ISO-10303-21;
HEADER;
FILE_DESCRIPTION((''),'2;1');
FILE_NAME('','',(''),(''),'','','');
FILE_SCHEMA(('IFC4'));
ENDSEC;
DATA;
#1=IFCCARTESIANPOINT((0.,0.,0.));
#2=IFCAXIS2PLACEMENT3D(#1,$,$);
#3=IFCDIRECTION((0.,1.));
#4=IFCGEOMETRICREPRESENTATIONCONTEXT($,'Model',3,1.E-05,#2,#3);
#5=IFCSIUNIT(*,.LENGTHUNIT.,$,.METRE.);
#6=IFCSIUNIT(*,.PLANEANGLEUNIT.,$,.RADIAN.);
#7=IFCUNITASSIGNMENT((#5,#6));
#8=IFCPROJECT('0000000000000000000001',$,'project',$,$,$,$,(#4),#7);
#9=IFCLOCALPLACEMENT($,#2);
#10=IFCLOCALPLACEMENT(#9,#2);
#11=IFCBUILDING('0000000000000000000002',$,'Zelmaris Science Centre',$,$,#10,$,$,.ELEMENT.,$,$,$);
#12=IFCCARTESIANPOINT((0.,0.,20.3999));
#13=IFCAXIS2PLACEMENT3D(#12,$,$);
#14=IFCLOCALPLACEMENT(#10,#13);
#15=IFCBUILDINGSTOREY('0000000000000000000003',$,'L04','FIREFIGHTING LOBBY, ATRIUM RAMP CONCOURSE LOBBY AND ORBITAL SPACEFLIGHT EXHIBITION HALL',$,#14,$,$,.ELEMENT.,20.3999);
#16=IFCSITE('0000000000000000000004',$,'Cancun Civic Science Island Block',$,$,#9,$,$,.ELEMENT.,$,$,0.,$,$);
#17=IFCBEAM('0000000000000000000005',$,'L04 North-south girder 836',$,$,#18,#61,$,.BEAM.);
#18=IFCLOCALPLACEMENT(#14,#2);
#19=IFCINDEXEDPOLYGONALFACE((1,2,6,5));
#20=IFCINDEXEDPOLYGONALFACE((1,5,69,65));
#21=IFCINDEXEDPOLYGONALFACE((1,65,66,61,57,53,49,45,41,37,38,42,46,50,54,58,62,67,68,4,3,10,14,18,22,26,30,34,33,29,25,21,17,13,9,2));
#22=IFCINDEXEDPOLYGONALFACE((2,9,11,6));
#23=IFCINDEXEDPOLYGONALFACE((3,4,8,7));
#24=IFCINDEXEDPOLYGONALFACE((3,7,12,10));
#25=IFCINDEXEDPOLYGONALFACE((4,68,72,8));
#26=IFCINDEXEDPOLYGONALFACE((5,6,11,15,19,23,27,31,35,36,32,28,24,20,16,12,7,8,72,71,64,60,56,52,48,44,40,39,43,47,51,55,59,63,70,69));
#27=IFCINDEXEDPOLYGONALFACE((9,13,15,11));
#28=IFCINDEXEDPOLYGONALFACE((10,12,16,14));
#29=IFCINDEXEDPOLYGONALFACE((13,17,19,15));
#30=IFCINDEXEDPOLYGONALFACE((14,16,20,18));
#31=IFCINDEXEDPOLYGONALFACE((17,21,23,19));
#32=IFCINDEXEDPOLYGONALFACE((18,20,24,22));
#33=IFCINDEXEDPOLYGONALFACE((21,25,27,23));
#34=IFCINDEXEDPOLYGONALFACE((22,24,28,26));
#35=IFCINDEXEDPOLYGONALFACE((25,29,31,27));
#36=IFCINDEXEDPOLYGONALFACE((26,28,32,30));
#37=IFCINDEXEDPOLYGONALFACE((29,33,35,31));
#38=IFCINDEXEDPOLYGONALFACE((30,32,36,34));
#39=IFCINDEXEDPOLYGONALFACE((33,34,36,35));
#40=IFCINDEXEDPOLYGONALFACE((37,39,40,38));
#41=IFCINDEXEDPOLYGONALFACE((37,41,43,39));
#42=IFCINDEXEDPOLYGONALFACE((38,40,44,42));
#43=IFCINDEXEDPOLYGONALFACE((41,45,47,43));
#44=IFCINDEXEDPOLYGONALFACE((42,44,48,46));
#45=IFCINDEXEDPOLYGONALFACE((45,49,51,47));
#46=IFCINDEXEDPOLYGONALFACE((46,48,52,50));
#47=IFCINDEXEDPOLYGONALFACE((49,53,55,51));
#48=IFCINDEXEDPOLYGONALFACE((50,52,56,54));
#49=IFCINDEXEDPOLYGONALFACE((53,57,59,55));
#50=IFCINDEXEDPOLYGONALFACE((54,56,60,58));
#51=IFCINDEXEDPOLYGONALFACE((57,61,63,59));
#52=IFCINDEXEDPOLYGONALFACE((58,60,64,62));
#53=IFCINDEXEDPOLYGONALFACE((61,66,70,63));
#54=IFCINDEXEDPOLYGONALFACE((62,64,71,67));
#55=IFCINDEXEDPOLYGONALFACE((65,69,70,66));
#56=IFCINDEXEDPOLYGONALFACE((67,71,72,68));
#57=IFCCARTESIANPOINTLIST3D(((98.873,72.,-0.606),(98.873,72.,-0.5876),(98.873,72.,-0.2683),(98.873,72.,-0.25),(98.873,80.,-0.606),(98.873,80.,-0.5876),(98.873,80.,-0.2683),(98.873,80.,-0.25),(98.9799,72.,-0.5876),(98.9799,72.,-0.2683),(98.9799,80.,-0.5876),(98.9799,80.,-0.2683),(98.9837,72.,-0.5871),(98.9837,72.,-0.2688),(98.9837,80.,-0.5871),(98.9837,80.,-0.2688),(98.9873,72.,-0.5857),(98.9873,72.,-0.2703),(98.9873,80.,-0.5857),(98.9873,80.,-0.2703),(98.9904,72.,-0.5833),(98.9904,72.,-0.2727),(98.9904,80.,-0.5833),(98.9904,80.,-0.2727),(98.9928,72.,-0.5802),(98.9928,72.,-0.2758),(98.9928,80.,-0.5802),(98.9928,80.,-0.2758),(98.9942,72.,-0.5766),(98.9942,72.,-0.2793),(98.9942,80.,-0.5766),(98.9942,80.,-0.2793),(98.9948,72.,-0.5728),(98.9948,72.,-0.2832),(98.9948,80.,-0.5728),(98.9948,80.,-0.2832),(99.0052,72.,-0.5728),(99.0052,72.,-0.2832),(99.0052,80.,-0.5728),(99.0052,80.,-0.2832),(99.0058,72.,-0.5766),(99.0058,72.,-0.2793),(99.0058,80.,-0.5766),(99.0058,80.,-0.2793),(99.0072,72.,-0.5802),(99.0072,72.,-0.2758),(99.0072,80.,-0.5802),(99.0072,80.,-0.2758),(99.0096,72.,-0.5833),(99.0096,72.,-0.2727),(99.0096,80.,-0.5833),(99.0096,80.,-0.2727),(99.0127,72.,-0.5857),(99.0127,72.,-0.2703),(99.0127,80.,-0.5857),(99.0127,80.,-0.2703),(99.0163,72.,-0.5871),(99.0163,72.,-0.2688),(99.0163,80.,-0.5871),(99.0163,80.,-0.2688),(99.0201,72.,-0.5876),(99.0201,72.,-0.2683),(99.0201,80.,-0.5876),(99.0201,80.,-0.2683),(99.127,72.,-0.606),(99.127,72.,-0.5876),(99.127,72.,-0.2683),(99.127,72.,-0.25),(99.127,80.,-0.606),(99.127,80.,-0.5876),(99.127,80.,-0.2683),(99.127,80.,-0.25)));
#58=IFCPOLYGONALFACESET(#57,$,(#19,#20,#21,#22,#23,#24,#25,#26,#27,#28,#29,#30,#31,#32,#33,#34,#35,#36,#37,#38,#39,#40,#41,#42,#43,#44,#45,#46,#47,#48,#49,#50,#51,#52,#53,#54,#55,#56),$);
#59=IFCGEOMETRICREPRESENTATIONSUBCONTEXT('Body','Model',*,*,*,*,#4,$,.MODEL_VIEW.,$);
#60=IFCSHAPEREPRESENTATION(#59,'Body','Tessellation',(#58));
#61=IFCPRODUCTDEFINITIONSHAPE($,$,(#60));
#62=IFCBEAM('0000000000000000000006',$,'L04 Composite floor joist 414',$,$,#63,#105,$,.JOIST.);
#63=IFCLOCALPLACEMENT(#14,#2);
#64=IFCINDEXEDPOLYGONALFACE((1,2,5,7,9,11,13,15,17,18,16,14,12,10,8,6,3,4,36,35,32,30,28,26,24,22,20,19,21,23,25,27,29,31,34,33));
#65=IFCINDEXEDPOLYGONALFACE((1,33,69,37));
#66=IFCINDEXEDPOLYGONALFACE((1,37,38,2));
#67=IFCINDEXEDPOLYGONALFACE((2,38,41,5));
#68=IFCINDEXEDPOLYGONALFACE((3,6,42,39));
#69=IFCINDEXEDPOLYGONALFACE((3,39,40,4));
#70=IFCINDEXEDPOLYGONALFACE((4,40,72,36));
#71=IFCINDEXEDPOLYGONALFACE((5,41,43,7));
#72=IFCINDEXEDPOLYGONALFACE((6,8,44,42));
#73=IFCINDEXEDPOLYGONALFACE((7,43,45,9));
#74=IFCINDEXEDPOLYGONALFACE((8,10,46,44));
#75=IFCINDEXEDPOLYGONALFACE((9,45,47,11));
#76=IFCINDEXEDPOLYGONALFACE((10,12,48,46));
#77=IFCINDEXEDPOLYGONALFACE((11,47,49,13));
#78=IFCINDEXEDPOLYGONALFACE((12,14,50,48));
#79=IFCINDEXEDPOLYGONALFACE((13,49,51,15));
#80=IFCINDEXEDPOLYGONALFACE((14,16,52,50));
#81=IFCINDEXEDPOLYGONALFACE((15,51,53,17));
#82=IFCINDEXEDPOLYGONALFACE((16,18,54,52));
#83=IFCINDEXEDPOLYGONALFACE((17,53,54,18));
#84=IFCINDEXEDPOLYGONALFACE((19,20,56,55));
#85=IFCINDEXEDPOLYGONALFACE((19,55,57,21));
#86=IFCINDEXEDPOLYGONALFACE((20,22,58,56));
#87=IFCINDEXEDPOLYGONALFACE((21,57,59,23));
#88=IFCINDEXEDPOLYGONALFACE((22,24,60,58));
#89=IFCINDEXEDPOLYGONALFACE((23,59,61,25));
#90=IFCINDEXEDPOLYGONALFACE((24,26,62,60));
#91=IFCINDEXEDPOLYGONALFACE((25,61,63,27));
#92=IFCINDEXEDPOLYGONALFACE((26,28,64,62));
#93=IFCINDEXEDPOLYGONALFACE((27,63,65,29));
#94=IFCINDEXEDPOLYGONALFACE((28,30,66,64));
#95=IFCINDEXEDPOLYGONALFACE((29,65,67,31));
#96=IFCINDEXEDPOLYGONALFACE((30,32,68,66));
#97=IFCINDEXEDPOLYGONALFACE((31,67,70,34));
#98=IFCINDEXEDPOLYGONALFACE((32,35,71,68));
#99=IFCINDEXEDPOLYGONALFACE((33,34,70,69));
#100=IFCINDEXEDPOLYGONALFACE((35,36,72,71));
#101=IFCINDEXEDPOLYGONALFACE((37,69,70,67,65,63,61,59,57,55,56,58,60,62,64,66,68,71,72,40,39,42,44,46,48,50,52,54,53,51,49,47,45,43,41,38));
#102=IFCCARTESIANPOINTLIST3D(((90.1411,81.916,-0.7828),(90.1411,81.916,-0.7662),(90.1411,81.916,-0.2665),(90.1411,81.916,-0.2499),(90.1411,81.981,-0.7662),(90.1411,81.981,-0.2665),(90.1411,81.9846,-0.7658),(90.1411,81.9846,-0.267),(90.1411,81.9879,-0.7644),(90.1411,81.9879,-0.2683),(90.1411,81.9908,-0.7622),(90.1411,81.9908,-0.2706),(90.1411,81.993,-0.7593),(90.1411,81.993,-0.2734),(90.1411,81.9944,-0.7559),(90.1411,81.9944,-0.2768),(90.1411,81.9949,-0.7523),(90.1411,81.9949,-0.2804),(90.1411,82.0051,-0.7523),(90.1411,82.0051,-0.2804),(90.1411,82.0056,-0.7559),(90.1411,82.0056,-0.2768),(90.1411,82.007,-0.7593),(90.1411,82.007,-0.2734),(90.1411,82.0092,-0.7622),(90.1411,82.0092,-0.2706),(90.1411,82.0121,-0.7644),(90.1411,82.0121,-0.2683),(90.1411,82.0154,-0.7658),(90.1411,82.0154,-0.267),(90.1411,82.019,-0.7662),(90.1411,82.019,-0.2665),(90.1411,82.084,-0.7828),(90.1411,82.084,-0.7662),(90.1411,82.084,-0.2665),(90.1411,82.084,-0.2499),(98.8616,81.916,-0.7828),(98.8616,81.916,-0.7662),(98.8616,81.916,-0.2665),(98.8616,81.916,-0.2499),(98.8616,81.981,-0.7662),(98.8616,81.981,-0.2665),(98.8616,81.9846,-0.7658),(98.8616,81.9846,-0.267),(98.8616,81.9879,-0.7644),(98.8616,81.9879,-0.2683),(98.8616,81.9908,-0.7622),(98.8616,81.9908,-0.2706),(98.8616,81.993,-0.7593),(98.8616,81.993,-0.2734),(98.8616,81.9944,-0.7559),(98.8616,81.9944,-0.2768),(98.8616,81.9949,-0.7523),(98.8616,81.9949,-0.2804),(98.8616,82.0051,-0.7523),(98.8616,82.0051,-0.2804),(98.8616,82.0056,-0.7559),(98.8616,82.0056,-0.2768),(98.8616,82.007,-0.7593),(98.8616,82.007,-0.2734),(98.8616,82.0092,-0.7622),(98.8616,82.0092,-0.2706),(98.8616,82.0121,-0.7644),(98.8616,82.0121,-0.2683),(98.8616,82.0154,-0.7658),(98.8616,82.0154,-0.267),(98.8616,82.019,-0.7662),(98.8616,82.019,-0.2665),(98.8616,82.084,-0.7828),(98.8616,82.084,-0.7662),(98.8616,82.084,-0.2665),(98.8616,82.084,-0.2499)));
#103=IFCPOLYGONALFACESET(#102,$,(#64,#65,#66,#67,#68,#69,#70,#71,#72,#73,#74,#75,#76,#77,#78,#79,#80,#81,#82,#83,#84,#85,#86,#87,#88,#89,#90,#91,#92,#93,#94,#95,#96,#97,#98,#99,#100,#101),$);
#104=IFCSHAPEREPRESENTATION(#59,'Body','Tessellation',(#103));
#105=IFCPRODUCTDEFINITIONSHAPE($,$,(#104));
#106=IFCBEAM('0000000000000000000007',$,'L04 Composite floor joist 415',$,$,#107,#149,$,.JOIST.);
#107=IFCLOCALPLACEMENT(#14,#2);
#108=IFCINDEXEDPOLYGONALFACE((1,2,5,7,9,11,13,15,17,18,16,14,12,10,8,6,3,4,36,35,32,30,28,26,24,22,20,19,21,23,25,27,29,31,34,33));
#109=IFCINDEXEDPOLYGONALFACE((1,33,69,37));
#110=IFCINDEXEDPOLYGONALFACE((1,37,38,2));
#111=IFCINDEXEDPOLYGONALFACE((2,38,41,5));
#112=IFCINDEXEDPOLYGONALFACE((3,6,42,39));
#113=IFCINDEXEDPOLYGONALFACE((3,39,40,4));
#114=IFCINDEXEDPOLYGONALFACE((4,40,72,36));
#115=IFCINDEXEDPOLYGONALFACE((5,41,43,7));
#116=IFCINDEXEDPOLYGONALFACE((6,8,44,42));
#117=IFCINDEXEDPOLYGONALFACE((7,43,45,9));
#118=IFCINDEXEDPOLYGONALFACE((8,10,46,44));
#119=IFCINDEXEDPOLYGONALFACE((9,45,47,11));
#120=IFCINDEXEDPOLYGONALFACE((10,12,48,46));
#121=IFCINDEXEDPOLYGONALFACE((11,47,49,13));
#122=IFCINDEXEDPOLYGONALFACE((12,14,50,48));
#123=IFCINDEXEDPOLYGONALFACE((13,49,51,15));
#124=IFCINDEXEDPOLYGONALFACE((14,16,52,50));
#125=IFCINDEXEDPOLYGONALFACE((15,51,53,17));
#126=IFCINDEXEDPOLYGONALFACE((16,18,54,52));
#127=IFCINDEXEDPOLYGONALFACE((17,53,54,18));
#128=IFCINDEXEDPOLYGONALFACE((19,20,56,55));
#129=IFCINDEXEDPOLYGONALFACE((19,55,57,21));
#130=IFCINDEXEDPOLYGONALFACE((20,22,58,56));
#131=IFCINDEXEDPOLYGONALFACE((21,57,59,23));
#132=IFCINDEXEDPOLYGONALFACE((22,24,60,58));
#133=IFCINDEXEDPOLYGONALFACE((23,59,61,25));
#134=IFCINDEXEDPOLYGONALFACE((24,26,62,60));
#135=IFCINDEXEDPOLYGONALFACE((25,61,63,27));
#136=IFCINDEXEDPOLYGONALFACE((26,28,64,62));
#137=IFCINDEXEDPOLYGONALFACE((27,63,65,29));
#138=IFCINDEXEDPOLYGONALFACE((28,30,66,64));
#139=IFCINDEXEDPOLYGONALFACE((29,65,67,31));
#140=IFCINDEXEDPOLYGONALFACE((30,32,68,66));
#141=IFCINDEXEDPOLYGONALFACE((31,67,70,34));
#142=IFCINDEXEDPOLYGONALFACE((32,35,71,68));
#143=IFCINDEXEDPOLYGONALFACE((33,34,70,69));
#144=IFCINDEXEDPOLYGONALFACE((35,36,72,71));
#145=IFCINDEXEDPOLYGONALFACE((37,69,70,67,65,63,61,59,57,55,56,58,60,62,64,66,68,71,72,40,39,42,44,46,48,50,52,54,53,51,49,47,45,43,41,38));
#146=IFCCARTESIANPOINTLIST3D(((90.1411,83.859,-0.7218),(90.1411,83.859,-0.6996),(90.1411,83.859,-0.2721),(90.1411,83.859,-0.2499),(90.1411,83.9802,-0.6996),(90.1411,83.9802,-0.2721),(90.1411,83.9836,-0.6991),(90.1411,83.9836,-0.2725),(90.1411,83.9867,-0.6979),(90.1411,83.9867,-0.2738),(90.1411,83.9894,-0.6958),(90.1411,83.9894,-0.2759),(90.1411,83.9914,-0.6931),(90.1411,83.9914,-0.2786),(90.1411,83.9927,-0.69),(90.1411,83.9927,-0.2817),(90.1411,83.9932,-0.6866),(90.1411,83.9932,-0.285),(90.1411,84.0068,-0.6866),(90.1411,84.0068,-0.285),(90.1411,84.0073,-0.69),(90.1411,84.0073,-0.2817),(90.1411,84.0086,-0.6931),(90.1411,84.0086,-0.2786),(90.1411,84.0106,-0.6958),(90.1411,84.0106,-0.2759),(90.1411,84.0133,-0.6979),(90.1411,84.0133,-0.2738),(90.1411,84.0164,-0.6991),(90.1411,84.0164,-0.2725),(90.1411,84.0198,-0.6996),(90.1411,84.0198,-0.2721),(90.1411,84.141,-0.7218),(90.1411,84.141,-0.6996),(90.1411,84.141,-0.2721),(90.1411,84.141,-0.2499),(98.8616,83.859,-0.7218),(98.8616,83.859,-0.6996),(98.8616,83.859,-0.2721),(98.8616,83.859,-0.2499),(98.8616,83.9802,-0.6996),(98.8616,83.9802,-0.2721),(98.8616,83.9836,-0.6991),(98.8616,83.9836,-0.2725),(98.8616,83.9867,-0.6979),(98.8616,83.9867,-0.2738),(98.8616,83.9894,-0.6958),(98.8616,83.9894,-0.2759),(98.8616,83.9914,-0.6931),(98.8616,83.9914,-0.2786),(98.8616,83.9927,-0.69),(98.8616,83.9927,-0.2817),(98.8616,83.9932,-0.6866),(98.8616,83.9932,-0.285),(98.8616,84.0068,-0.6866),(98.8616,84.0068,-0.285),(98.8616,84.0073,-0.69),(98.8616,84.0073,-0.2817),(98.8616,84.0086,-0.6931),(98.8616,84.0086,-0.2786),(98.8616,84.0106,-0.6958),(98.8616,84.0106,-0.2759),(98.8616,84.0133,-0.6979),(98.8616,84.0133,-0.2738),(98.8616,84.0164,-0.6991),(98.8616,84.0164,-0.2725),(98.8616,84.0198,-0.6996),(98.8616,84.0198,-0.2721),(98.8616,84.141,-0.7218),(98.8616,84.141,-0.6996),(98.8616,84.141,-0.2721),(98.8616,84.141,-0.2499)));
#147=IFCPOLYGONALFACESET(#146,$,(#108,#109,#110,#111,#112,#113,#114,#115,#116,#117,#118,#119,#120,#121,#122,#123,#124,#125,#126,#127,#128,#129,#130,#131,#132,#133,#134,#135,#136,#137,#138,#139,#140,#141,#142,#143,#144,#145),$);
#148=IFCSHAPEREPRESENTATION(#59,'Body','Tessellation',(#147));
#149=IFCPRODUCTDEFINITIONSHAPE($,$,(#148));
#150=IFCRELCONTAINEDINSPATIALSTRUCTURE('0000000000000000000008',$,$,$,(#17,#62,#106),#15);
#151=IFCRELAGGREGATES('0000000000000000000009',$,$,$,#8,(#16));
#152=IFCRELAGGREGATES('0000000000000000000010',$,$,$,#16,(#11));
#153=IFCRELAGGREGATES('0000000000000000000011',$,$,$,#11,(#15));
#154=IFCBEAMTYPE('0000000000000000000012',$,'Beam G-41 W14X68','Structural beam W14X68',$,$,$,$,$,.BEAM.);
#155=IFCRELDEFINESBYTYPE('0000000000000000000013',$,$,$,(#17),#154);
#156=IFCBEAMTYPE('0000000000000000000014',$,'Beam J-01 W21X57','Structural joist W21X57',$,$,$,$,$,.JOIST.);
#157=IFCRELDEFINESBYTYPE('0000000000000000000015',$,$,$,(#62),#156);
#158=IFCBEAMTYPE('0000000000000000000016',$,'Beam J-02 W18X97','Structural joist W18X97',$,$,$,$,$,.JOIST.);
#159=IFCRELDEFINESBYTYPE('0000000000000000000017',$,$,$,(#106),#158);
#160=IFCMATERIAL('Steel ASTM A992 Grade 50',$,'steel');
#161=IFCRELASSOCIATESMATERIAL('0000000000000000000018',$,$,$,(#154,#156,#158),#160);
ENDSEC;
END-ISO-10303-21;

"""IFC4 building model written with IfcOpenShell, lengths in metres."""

from ifc_helpers import new_model, si_unit, direction, frame, origin, origin_2d, place, context, subcontext, project, spatial, i_section, extrude, material, material_profile, profile_set, type_object, element, save


model = new_model("IFC4")

# Units and contexts
model_context = context("Model", 3, precision=1e-05, world=origin(), true_north=direction((0.0, 1.0)))
body_context = subcontext(model_context, "Body", "Model", "MODEL_VIEW")
ifc_project = project(units=[si_unit("LENGTHUNIT", "METRE"), si_unit("PLANEANGLEUNIT", "RADIAN")], contexts=[model_context])

# Site, building, storey
site_placement = place(None, origin())
site = spatial("IfcSite", under=ifc_project, at=site_placement, Name="Cancun Civic Science Island Block", CompositionType="ELEMENT", RefElevation=0.0)
building_placement = place(site_placement, origin())
building = spatial("IfcBuilding", under=site, at=building_placement, Name="Zelmaris Science Centre", CompositionType="ELEMENT")
storey_placement = place(building_placement, frame((0.0, 0.0, 20.3999)))
storey = spatial("IfcBuildingStorey", under=building, at=storey_placement, Name="L04", Description="FIREFIGHTING LOBBY, ATRIUM RAMP CONCOURSE LOBBY AND ORBITAL SPACEFLIGHT EXHIBITION HALL", CompositionType="ELEMENT", Elevation=20.3999)

# Beams
ifc_material_1 = material(Name="Steel ASTM A992 Grade 50", Category="steel")
ifc_material_profile_1 = material_profile(ifc_material_1, i_section(OverallWidth=0.2539, OverallDepth=0.356, WebThickness=0.0105, FlangeThickness=0.0183, FilletRadius=0.0149, at=origin_2d()), Name="W14X68")
ifc_profile_set_1 = profile_set([ifc_material_profile_1], Name="Steel ASTM A992 Grade 50")
beam_type_1 = type_object("IfcBeamType", Name="Beam G-41 W14X68", Description="Structural beam W14X68", PredefinedType="BEAM", material=ifc_profile_set_1)
beam_1_placement = place(storey_placement, frame((99.0, 72.0, -0.428), z_axis=(0.0, 1.0, 0.0), x_axis=(-1.0, 0.0, 0.0)))
element("IfcBeam", 1, at=beam_1_placement, inside=storey, type_object=beam_type_1, Name="L04 North-south girder 836", PredefinedType="BEAM", context=body_context, shape_type="SweptSolid", body=[
    extrude(i_section(OverallWidth=0.2539, OverallDepth=0.356, WebThickness=0.0105, FlangeThickness=0.0183, FilletRadius=0.0149, at=origin_2d()), origin(), (0.0, 0.0, 1.0), 8.0),
])
ifc_material_profile_2 = material_profile(ifc_material_1, i_section(OverallWidth=0.168, OverallDepth=0.533, WebThickness=0.0103, FlangeThickness=0.0166, FilletRadius=0.0139, at=origin_2d()), Name="W21X57")
ifc_profile_set_2 = profile_set([ifc_material_profile_2], Name="Steel ASTM A992 Grade 50")
beam_type_2 = type_object("IfcBeamType", Name="Beam J-01 W21X57", Description="Structural joist W21X57", PredefinedType="JOIST", material=ifc_profile_set_2)
beam_2_placement = place(storey_placement, frame((90.1411, 82.0, -0.5164), z_axis=(1.0, 0.0, 0.0), x_axis=(0.0, 1.0, 0.0)))
element("IfcBeam", 2, at=beam_2_placement, inside=storey, type_object=beam_type_2, Name="L04 Composite floor joist 414", PredefinedType="JOIST", context=body_context, shape_type="SweptSolid", body=[
    extrude(i_section(OverallWidth=0.168, OverallDepth=0.533, WebThickness=0.0103, FlangeThickness=0.0166, FilletRadius=0.0139, at=origin_2d()), origin(), (0.0, 0.0, 1.0), 8.7205),
])
ifc_material_profile_3 = material_profile(ifc_material_1, i_section(OverallWidth=0.282, OverallDepth=0.4719, WebThickness=0.0137, FlangeThickness=0.0222, FilletRadius=0.0129, at=origin_2d()), Name="W18X97")
ifc_profile_set_3 = profile_set([ifc_material_profile_3], Name="Steel ASTM A992 Grade 50")
beam_type_3 = type_object("IfcBeamType", Name="Beam J-02 W18X97", Description="Structural joist W18X97", PredefinedType="JOIST", material=ifc_profile_set_3)
beam_3_placement = place(storey_placement, frame((90.1411, 84.0, -0.4858), z_axis=(1.0, 0.0, 0.0), x_axis=(0.0, 1.0, 0.0)))
element("IfcBeam", 3, at=beam_3_placement, inside=storey, type_object=beam_type_3, Name="L04 Composite floor joist 415", PredefinedType="JOIST", context=body_context, shape_type="SweptSolid", body=[
    extrude(i_section(OverallWidth=0.282, OverallDepth=0.4719, WebThickness=0.0137, FlangeThickness=0.0222, FilletRadius=0.0129, at=origin_2d()), origin(), (0.0, 0.0, 1.0), 8.7205),
])

save(model, "model.ifc")
